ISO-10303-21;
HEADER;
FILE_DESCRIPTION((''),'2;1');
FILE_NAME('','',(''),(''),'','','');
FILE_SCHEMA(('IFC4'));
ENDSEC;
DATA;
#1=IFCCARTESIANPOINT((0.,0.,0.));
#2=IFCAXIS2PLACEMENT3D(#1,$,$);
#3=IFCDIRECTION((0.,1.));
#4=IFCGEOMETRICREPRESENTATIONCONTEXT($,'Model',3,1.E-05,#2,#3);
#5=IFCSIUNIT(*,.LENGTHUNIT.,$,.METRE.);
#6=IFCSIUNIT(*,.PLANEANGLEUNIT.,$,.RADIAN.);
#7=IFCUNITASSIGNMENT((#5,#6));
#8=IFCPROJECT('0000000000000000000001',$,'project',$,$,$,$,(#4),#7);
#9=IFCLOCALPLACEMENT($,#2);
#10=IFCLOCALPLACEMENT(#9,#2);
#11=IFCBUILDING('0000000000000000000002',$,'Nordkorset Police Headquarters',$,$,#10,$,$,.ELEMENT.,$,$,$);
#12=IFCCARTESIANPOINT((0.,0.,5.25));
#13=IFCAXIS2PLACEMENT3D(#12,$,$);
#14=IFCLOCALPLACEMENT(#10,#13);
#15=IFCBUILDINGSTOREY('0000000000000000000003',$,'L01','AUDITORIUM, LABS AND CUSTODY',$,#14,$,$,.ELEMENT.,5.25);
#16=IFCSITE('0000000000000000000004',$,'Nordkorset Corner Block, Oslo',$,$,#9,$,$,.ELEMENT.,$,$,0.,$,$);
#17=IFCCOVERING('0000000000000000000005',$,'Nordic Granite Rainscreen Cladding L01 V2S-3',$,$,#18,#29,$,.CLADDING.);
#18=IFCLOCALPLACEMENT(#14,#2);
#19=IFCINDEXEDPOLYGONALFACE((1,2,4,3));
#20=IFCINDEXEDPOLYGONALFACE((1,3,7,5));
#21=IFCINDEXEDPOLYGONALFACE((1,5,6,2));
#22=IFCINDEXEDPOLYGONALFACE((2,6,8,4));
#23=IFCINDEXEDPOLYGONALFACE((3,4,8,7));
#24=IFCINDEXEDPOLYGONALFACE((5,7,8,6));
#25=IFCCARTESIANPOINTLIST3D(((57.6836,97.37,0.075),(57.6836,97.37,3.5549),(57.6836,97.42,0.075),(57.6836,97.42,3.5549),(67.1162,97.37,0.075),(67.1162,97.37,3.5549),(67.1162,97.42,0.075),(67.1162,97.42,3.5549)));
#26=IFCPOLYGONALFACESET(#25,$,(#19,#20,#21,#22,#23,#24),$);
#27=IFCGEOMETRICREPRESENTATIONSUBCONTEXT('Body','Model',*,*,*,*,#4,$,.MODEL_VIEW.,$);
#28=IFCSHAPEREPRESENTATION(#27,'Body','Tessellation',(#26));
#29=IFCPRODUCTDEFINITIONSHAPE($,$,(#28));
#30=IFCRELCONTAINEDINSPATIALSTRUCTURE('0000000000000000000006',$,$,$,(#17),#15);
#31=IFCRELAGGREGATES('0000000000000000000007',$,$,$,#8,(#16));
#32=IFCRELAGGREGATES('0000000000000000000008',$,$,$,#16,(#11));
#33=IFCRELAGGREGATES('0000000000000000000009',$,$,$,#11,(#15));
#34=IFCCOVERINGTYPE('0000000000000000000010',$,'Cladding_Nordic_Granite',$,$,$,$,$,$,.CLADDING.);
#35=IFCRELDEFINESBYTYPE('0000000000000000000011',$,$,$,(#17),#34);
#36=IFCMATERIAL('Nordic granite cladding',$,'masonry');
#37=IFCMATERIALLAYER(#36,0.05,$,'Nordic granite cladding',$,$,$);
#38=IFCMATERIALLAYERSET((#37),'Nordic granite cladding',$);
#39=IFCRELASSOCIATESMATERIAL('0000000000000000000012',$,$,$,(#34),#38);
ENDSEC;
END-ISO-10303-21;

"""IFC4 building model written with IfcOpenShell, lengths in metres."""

from ifc_helpers import new_model, si_unit, direction, frame, origin, origin_2d, place, context, subcontext, project, spatial, rectangle, extrude, material, layer, layer_set, type_object, element, save


model = new_model("IFC4")

# Units and contexts
model_context = context("Model", 3, precision=1e-05, world=origin(), true_north=direction((0.0, 1.0)))
body_context = subcontext(model_context, "Body", "Model", "MODEL_VIEW")
ifc_project = project(units=[si_unit("LENGTHUNIT", "METRE"), si_unit("PLANEANGLEUNIT", "RADIAN")], contexts=[model_context])

# Site, building, storey
site_placement = place(None, origin())
site = spatial("IfcSite", under=ifc_project, at=site_placement, Name="Nordkorset Corner Block, Oslo", CompositionType="ELEMENT", RefElevation=0.0)
building_placement = place(site_placement, origin())
building = spatial("IfcBuilding", under=site, at=building_placement, Name="Nordkorset Police Headquarters", CompositionType="ELEMENT")
storey_placement = place(building_placement, frame((0.0, 0.0, 5.25)))
storey = spatial("IfcBuildingStorey", under=building, at=storey_placement, Name="L01", Description="AUDITORIUM, LABS AND CUSTODY", CompositionType="ELEMENT", Elevation=5.25)

# Covering
ifc_material_1 = material(Name="Nordic granite cladding", Category="masonry")
ifc_layer_1 = layer(ifc_material_1, 0.05, Name="Nordic granite cladding")
ifc_layer_set_1 = layer_set([ifc_layer_1], Name="Nordic granite cladding")
covering_type = type_object("IfcCoveringType", Name="Cladding_Nordic_Granite", PredefinedType="CLADDING", material=ifc_layer_set_1)
covering_placement = place(storey_placement, frame((62.3999, 97.395, 0.075), z_axis=(0.0, 0.0, 1.0), x_axis=(1.0, 0.0, 0.0)))
element("IfcCovering", 1, at=covering_placement, inside=storey, type_object=covering_type, Name="Nordic Granite Rainscreen Cladding L01 V2S-3", PredefinedType="CLADDING", context=body_context, shape_type="SweptSolid", body=[
    extrude(rectangle(XDim=9.4326, YDim=0.05, at=origin_2d()), origin(), (0.0, 0.0, 1.0), 3.48),
])

save(model, "model.ifc")
